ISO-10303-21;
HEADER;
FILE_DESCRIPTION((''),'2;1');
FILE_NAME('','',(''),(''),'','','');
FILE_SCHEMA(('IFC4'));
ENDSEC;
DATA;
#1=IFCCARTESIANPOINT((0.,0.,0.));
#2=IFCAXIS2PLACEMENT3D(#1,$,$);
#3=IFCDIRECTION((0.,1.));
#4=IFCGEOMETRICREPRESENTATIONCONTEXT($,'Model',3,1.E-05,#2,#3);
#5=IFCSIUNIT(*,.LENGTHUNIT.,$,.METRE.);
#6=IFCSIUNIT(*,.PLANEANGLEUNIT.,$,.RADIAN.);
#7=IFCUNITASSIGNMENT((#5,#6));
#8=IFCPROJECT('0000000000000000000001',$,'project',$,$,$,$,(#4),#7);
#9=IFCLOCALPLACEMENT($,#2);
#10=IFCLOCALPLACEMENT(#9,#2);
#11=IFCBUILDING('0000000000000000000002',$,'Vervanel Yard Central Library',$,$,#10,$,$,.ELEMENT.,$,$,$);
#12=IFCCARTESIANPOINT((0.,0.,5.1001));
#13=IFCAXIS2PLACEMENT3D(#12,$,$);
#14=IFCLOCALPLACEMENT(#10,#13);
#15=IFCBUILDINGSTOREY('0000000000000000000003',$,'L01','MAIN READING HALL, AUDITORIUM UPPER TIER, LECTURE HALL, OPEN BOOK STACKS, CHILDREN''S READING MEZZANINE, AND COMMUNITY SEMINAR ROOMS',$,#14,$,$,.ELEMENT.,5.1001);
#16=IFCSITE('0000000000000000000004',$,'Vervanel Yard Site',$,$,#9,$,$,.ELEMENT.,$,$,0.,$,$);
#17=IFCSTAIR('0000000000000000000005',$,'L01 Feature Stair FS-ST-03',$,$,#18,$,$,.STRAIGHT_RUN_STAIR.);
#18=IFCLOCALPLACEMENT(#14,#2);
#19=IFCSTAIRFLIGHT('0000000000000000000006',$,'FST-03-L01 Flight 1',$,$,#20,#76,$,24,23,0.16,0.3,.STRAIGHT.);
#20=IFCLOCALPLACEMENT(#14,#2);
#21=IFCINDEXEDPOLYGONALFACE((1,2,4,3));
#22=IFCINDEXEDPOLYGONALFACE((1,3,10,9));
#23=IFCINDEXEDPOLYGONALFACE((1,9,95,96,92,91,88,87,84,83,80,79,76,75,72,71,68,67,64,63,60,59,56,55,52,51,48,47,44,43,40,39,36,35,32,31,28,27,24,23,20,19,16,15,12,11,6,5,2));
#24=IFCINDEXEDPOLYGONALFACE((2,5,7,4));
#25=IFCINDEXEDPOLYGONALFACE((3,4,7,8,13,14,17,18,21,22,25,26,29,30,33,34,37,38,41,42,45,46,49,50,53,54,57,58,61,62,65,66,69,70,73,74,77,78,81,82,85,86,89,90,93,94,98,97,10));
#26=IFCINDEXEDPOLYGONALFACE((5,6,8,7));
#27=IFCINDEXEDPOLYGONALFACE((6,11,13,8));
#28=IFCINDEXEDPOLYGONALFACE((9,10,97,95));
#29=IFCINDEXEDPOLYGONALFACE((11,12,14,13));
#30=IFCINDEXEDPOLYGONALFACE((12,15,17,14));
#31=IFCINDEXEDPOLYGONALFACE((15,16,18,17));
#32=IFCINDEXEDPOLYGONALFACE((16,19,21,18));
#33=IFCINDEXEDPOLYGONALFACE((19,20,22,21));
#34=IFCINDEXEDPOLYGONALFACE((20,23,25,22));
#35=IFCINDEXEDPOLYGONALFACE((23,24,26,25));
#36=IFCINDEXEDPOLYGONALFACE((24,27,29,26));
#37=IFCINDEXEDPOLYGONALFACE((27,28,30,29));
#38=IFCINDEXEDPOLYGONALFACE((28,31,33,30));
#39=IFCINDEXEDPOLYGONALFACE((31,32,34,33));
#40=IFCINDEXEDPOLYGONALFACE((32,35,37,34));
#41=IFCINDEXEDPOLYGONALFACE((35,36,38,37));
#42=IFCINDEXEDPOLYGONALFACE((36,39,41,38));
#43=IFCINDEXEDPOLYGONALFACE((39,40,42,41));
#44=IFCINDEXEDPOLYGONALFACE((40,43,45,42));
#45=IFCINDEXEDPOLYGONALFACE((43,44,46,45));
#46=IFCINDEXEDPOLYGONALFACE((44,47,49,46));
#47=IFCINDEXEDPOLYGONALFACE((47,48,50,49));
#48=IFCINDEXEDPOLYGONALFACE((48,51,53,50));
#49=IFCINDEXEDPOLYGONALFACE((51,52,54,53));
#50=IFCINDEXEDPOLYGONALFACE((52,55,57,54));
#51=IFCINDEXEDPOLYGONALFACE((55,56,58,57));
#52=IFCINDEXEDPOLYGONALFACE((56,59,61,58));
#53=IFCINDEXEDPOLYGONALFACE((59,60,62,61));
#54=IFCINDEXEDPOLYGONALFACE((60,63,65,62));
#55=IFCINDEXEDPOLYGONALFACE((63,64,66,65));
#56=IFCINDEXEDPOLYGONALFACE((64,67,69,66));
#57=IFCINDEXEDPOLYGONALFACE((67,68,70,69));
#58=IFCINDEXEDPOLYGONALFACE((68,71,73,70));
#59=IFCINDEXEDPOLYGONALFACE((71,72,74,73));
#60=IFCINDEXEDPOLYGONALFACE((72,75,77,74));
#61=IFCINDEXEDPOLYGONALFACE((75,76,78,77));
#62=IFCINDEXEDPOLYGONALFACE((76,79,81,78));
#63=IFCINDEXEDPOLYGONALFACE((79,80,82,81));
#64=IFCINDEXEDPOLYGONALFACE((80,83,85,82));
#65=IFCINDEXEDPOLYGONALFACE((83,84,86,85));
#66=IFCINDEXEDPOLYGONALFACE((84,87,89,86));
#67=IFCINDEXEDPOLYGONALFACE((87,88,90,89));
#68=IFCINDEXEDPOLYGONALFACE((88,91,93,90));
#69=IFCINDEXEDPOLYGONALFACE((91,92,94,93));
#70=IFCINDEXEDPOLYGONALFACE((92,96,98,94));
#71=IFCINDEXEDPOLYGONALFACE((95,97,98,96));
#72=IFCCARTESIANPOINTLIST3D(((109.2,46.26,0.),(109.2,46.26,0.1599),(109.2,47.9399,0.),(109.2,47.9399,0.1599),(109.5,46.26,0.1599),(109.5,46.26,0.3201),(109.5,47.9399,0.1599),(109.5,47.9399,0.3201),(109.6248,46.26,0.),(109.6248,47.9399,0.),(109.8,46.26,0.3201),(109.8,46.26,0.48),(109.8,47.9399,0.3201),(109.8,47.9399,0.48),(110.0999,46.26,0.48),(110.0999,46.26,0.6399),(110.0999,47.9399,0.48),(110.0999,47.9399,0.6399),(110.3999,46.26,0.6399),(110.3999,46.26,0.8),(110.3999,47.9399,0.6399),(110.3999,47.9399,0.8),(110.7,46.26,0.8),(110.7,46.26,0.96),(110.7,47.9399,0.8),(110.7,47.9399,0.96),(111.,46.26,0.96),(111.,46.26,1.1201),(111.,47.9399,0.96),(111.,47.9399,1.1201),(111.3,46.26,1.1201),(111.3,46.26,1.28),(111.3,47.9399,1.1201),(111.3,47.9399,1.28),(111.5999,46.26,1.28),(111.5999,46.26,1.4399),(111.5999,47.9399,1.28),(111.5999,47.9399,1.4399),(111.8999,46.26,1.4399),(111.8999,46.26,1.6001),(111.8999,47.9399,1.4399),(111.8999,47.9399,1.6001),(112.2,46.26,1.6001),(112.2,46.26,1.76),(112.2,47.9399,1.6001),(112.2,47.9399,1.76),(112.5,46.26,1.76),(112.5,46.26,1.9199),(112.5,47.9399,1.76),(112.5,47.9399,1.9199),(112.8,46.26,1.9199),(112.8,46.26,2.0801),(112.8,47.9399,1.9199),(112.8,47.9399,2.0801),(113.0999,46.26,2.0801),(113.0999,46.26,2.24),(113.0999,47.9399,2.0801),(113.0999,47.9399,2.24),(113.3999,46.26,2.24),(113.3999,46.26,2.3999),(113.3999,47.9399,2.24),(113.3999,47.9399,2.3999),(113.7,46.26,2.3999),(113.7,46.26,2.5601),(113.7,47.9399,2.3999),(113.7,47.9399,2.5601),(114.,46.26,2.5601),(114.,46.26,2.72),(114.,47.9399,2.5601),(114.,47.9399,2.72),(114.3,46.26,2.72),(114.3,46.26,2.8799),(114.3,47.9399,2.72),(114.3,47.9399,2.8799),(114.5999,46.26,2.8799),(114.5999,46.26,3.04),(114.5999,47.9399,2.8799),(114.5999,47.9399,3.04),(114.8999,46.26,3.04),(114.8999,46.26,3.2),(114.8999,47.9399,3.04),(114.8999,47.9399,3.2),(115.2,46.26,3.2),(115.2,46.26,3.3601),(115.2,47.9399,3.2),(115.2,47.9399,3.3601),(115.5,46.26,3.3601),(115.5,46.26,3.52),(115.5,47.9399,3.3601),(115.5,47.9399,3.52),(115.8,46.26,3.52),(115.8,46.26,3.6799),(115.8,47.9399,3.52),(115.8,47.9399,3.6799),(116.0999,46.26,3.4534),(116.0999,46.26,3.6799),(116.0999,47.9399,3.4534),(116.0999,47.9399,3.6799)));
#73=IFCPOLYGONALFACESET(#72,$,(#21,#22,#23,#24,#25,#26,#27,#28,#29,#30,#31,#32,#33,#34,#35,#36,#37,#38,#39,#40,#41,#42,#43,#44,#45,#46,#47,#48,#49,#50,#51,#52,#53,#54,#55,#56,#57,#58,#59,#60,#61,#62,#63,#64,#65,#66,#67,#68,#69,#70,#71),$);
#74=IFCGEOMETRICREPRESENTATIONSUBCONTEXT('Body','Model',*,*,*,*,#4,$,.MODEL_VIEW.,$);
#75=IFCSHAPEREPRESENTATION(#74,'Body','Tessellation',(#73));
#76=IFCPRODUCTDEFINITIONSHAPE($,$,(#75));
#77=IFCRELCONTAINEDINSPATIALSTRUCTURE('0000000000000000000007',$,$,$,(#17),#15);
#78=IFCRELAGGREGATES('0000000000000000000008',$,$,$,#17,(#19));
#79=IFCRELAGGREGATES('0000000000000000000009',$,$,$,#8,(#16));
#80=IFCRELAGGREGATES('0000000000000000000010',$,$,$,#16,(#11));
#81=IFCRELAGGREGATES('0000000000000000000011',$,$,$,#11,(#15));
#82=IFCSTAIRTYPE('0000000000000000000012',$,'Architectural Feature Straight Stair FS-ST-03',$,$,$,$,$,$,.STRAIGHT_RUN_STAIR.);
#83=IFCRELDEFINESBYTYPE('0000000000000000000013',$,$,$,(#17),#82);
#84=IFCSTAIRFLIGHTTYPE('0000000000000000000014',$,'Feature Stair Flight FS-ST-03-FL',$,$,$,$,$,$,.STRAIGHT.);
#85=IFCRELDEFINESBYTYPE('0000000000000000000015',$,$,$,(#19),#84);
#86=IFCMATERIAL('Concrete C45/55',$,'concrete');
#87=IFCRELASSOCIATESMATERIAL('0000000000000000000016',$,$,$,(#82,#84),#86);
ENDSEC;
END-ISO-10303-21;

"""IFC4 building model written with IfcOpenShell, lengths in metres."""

from ifc_helpers import new_model, si_unit, direction, frame, origin, place, context, subcontext, project, spatial, polyline, outline, extrude, material, type_object, element, aggregate, save


model = new_model("IFC4")

# Units and contexts
model_context = context("Model", 3, precision=1e-05, world=origin(), true_north=direction((0.0, 1.0)))
body_context = subcontext(model_context, "Body", "Model", "MODEL_VIEW")
ifc_project = project(units=[si_unit("LENGTHUNIT", "METRE"), si_unit("PLANEANGLEUNIT", "RADIAN")], contexts=[model_context])

# Site, building, storey
site_placement = place(None, origin())
site = spatial("IfcSite", under=ifc_project, at=site_placement, Name="Vervanel Yard Site", CompositionType="ELEMENT", RefElevation=0.0)
building_placement = place(site_placement, origin())
building = spatial("IfcBuilding", under=site, at=building_placement, Name="Vervanel Yard Central Library", CompositionType="ELEMENT")
storey_placement = place(building_placement, frame((0.0, 0.0, 5.1001)))
storey = spatial("IfcBuildingStorey", under=building, at=storey_placement, Name="L01", Description="MAIN READING HALL, AUDITORIUM UPPER TIER, LECTURE HALL, OPEN BOOK STACKS, CHILDREN'S READING MEZZANINE, AND COMMUNITY SEMINAR ROOMS", CompositionType="ELEMENT", Elevation=5.1001)

# Shared definitions
ifc_material_1 = material(Name="Concrete C45/55", Category="concrete")

# Stair, stair flight
stair_type = type_object("IfcStairType", Name="Architectural Feature Straight Stair FS-ST-03", PredefinedType="STRAIGHT_RUN_STAIR", material=ifc_material_1)
stair_placement = place(storey_placement, origin())
stair = element("IfcStair", 1, at=stair_placement, inside=storey, type_object=stair_type, Name="L01 Feature Stair FS-ST-03", PredefinedType="STRAIGHT_RUN_STAIR")
stair_flight_type = type_object("IfcStairFlightType", Name="Feature Stair Flight FS-ST-03-FL", PredefinedType="STRAIGHT", material=ifc_material_1)
stair_flight_placement = place(storey_placement, frame((109.2, 47.1001, 0.0), z_axis=(0.0, 0.0, 1.0), x_axis=(1.0, 0.0, 0.0)))
stair_flight = element("IfcStairFlight", 2, at=stair_flight_placement, type_object=stair_flight_type, Name="FST-03-L01 Flight 1", NumberOfRisers=24, NumberOfTreads=23, PredefinedType="STRAIGHT", RiserHeight=0.16, TreadLength=0.3, context=body_context, shape_type="SweptSolid", body=[
    extrude(outline(polyline([(0.0, 0.0), (0.0, 0.1599), (0.3, 0.1599), (0.3, 0.3201), (0.6001, 0.3201), (0.6001, 0.48), (0.8999, 0.48), (0.8999, 0.6399), (1.2, 0.6399), (1.2, 0.8), (1.5, 0.8), (1.5, 0.96), (1.8, 0.96), (1.8, 1.1201), (2.1001, 1.1201), (2.1001, 1.28), (2.3999, 1.28), (2.3999, 1.4399), (2.7, 1.4399), (2.7, 1.6001), (3.0, 1.6001), (3.0, 1.76), (3.3, 1.76), (3.3, 1.9199), (3.6001, 1.9199), (3.6001, 2.0801), (3.8999, 2.0801), (3.8999, 2.24), (4.2, 2.24), (4.2, 2.3999), (4.5, 2.3999), (4.5, 2.5601), (4.8, 2.5601), (4.8, 2.72), (5.1001, 2.72), (5.1001, 2.8799), (5.3999, 2.8799), (5.3999, 3.04), (5.7, 3.04), (5.7, 3.2), (6.0, 3.2), (6.0, 3.3601), (6.3, 3.3601), (6.3, 3.52), (6.6001, 3.52), (6.6001, 3.6799), (6.8999, 3.6799), (6.8999, 3.8401), (6.8999, 3.4534), (0.4248, 0.0), (0.0, 0.0)])), frame((0.0, 0.8398, 0.0), z_axis=(0.0, -1.0, 0.0), x_axis=(1.0, 0.0, 0.0)), (0.0, 0.0, 1.0), 1.6799),
])
aggregate(stair, [stair_flight])

save(model, "model.ifc")
